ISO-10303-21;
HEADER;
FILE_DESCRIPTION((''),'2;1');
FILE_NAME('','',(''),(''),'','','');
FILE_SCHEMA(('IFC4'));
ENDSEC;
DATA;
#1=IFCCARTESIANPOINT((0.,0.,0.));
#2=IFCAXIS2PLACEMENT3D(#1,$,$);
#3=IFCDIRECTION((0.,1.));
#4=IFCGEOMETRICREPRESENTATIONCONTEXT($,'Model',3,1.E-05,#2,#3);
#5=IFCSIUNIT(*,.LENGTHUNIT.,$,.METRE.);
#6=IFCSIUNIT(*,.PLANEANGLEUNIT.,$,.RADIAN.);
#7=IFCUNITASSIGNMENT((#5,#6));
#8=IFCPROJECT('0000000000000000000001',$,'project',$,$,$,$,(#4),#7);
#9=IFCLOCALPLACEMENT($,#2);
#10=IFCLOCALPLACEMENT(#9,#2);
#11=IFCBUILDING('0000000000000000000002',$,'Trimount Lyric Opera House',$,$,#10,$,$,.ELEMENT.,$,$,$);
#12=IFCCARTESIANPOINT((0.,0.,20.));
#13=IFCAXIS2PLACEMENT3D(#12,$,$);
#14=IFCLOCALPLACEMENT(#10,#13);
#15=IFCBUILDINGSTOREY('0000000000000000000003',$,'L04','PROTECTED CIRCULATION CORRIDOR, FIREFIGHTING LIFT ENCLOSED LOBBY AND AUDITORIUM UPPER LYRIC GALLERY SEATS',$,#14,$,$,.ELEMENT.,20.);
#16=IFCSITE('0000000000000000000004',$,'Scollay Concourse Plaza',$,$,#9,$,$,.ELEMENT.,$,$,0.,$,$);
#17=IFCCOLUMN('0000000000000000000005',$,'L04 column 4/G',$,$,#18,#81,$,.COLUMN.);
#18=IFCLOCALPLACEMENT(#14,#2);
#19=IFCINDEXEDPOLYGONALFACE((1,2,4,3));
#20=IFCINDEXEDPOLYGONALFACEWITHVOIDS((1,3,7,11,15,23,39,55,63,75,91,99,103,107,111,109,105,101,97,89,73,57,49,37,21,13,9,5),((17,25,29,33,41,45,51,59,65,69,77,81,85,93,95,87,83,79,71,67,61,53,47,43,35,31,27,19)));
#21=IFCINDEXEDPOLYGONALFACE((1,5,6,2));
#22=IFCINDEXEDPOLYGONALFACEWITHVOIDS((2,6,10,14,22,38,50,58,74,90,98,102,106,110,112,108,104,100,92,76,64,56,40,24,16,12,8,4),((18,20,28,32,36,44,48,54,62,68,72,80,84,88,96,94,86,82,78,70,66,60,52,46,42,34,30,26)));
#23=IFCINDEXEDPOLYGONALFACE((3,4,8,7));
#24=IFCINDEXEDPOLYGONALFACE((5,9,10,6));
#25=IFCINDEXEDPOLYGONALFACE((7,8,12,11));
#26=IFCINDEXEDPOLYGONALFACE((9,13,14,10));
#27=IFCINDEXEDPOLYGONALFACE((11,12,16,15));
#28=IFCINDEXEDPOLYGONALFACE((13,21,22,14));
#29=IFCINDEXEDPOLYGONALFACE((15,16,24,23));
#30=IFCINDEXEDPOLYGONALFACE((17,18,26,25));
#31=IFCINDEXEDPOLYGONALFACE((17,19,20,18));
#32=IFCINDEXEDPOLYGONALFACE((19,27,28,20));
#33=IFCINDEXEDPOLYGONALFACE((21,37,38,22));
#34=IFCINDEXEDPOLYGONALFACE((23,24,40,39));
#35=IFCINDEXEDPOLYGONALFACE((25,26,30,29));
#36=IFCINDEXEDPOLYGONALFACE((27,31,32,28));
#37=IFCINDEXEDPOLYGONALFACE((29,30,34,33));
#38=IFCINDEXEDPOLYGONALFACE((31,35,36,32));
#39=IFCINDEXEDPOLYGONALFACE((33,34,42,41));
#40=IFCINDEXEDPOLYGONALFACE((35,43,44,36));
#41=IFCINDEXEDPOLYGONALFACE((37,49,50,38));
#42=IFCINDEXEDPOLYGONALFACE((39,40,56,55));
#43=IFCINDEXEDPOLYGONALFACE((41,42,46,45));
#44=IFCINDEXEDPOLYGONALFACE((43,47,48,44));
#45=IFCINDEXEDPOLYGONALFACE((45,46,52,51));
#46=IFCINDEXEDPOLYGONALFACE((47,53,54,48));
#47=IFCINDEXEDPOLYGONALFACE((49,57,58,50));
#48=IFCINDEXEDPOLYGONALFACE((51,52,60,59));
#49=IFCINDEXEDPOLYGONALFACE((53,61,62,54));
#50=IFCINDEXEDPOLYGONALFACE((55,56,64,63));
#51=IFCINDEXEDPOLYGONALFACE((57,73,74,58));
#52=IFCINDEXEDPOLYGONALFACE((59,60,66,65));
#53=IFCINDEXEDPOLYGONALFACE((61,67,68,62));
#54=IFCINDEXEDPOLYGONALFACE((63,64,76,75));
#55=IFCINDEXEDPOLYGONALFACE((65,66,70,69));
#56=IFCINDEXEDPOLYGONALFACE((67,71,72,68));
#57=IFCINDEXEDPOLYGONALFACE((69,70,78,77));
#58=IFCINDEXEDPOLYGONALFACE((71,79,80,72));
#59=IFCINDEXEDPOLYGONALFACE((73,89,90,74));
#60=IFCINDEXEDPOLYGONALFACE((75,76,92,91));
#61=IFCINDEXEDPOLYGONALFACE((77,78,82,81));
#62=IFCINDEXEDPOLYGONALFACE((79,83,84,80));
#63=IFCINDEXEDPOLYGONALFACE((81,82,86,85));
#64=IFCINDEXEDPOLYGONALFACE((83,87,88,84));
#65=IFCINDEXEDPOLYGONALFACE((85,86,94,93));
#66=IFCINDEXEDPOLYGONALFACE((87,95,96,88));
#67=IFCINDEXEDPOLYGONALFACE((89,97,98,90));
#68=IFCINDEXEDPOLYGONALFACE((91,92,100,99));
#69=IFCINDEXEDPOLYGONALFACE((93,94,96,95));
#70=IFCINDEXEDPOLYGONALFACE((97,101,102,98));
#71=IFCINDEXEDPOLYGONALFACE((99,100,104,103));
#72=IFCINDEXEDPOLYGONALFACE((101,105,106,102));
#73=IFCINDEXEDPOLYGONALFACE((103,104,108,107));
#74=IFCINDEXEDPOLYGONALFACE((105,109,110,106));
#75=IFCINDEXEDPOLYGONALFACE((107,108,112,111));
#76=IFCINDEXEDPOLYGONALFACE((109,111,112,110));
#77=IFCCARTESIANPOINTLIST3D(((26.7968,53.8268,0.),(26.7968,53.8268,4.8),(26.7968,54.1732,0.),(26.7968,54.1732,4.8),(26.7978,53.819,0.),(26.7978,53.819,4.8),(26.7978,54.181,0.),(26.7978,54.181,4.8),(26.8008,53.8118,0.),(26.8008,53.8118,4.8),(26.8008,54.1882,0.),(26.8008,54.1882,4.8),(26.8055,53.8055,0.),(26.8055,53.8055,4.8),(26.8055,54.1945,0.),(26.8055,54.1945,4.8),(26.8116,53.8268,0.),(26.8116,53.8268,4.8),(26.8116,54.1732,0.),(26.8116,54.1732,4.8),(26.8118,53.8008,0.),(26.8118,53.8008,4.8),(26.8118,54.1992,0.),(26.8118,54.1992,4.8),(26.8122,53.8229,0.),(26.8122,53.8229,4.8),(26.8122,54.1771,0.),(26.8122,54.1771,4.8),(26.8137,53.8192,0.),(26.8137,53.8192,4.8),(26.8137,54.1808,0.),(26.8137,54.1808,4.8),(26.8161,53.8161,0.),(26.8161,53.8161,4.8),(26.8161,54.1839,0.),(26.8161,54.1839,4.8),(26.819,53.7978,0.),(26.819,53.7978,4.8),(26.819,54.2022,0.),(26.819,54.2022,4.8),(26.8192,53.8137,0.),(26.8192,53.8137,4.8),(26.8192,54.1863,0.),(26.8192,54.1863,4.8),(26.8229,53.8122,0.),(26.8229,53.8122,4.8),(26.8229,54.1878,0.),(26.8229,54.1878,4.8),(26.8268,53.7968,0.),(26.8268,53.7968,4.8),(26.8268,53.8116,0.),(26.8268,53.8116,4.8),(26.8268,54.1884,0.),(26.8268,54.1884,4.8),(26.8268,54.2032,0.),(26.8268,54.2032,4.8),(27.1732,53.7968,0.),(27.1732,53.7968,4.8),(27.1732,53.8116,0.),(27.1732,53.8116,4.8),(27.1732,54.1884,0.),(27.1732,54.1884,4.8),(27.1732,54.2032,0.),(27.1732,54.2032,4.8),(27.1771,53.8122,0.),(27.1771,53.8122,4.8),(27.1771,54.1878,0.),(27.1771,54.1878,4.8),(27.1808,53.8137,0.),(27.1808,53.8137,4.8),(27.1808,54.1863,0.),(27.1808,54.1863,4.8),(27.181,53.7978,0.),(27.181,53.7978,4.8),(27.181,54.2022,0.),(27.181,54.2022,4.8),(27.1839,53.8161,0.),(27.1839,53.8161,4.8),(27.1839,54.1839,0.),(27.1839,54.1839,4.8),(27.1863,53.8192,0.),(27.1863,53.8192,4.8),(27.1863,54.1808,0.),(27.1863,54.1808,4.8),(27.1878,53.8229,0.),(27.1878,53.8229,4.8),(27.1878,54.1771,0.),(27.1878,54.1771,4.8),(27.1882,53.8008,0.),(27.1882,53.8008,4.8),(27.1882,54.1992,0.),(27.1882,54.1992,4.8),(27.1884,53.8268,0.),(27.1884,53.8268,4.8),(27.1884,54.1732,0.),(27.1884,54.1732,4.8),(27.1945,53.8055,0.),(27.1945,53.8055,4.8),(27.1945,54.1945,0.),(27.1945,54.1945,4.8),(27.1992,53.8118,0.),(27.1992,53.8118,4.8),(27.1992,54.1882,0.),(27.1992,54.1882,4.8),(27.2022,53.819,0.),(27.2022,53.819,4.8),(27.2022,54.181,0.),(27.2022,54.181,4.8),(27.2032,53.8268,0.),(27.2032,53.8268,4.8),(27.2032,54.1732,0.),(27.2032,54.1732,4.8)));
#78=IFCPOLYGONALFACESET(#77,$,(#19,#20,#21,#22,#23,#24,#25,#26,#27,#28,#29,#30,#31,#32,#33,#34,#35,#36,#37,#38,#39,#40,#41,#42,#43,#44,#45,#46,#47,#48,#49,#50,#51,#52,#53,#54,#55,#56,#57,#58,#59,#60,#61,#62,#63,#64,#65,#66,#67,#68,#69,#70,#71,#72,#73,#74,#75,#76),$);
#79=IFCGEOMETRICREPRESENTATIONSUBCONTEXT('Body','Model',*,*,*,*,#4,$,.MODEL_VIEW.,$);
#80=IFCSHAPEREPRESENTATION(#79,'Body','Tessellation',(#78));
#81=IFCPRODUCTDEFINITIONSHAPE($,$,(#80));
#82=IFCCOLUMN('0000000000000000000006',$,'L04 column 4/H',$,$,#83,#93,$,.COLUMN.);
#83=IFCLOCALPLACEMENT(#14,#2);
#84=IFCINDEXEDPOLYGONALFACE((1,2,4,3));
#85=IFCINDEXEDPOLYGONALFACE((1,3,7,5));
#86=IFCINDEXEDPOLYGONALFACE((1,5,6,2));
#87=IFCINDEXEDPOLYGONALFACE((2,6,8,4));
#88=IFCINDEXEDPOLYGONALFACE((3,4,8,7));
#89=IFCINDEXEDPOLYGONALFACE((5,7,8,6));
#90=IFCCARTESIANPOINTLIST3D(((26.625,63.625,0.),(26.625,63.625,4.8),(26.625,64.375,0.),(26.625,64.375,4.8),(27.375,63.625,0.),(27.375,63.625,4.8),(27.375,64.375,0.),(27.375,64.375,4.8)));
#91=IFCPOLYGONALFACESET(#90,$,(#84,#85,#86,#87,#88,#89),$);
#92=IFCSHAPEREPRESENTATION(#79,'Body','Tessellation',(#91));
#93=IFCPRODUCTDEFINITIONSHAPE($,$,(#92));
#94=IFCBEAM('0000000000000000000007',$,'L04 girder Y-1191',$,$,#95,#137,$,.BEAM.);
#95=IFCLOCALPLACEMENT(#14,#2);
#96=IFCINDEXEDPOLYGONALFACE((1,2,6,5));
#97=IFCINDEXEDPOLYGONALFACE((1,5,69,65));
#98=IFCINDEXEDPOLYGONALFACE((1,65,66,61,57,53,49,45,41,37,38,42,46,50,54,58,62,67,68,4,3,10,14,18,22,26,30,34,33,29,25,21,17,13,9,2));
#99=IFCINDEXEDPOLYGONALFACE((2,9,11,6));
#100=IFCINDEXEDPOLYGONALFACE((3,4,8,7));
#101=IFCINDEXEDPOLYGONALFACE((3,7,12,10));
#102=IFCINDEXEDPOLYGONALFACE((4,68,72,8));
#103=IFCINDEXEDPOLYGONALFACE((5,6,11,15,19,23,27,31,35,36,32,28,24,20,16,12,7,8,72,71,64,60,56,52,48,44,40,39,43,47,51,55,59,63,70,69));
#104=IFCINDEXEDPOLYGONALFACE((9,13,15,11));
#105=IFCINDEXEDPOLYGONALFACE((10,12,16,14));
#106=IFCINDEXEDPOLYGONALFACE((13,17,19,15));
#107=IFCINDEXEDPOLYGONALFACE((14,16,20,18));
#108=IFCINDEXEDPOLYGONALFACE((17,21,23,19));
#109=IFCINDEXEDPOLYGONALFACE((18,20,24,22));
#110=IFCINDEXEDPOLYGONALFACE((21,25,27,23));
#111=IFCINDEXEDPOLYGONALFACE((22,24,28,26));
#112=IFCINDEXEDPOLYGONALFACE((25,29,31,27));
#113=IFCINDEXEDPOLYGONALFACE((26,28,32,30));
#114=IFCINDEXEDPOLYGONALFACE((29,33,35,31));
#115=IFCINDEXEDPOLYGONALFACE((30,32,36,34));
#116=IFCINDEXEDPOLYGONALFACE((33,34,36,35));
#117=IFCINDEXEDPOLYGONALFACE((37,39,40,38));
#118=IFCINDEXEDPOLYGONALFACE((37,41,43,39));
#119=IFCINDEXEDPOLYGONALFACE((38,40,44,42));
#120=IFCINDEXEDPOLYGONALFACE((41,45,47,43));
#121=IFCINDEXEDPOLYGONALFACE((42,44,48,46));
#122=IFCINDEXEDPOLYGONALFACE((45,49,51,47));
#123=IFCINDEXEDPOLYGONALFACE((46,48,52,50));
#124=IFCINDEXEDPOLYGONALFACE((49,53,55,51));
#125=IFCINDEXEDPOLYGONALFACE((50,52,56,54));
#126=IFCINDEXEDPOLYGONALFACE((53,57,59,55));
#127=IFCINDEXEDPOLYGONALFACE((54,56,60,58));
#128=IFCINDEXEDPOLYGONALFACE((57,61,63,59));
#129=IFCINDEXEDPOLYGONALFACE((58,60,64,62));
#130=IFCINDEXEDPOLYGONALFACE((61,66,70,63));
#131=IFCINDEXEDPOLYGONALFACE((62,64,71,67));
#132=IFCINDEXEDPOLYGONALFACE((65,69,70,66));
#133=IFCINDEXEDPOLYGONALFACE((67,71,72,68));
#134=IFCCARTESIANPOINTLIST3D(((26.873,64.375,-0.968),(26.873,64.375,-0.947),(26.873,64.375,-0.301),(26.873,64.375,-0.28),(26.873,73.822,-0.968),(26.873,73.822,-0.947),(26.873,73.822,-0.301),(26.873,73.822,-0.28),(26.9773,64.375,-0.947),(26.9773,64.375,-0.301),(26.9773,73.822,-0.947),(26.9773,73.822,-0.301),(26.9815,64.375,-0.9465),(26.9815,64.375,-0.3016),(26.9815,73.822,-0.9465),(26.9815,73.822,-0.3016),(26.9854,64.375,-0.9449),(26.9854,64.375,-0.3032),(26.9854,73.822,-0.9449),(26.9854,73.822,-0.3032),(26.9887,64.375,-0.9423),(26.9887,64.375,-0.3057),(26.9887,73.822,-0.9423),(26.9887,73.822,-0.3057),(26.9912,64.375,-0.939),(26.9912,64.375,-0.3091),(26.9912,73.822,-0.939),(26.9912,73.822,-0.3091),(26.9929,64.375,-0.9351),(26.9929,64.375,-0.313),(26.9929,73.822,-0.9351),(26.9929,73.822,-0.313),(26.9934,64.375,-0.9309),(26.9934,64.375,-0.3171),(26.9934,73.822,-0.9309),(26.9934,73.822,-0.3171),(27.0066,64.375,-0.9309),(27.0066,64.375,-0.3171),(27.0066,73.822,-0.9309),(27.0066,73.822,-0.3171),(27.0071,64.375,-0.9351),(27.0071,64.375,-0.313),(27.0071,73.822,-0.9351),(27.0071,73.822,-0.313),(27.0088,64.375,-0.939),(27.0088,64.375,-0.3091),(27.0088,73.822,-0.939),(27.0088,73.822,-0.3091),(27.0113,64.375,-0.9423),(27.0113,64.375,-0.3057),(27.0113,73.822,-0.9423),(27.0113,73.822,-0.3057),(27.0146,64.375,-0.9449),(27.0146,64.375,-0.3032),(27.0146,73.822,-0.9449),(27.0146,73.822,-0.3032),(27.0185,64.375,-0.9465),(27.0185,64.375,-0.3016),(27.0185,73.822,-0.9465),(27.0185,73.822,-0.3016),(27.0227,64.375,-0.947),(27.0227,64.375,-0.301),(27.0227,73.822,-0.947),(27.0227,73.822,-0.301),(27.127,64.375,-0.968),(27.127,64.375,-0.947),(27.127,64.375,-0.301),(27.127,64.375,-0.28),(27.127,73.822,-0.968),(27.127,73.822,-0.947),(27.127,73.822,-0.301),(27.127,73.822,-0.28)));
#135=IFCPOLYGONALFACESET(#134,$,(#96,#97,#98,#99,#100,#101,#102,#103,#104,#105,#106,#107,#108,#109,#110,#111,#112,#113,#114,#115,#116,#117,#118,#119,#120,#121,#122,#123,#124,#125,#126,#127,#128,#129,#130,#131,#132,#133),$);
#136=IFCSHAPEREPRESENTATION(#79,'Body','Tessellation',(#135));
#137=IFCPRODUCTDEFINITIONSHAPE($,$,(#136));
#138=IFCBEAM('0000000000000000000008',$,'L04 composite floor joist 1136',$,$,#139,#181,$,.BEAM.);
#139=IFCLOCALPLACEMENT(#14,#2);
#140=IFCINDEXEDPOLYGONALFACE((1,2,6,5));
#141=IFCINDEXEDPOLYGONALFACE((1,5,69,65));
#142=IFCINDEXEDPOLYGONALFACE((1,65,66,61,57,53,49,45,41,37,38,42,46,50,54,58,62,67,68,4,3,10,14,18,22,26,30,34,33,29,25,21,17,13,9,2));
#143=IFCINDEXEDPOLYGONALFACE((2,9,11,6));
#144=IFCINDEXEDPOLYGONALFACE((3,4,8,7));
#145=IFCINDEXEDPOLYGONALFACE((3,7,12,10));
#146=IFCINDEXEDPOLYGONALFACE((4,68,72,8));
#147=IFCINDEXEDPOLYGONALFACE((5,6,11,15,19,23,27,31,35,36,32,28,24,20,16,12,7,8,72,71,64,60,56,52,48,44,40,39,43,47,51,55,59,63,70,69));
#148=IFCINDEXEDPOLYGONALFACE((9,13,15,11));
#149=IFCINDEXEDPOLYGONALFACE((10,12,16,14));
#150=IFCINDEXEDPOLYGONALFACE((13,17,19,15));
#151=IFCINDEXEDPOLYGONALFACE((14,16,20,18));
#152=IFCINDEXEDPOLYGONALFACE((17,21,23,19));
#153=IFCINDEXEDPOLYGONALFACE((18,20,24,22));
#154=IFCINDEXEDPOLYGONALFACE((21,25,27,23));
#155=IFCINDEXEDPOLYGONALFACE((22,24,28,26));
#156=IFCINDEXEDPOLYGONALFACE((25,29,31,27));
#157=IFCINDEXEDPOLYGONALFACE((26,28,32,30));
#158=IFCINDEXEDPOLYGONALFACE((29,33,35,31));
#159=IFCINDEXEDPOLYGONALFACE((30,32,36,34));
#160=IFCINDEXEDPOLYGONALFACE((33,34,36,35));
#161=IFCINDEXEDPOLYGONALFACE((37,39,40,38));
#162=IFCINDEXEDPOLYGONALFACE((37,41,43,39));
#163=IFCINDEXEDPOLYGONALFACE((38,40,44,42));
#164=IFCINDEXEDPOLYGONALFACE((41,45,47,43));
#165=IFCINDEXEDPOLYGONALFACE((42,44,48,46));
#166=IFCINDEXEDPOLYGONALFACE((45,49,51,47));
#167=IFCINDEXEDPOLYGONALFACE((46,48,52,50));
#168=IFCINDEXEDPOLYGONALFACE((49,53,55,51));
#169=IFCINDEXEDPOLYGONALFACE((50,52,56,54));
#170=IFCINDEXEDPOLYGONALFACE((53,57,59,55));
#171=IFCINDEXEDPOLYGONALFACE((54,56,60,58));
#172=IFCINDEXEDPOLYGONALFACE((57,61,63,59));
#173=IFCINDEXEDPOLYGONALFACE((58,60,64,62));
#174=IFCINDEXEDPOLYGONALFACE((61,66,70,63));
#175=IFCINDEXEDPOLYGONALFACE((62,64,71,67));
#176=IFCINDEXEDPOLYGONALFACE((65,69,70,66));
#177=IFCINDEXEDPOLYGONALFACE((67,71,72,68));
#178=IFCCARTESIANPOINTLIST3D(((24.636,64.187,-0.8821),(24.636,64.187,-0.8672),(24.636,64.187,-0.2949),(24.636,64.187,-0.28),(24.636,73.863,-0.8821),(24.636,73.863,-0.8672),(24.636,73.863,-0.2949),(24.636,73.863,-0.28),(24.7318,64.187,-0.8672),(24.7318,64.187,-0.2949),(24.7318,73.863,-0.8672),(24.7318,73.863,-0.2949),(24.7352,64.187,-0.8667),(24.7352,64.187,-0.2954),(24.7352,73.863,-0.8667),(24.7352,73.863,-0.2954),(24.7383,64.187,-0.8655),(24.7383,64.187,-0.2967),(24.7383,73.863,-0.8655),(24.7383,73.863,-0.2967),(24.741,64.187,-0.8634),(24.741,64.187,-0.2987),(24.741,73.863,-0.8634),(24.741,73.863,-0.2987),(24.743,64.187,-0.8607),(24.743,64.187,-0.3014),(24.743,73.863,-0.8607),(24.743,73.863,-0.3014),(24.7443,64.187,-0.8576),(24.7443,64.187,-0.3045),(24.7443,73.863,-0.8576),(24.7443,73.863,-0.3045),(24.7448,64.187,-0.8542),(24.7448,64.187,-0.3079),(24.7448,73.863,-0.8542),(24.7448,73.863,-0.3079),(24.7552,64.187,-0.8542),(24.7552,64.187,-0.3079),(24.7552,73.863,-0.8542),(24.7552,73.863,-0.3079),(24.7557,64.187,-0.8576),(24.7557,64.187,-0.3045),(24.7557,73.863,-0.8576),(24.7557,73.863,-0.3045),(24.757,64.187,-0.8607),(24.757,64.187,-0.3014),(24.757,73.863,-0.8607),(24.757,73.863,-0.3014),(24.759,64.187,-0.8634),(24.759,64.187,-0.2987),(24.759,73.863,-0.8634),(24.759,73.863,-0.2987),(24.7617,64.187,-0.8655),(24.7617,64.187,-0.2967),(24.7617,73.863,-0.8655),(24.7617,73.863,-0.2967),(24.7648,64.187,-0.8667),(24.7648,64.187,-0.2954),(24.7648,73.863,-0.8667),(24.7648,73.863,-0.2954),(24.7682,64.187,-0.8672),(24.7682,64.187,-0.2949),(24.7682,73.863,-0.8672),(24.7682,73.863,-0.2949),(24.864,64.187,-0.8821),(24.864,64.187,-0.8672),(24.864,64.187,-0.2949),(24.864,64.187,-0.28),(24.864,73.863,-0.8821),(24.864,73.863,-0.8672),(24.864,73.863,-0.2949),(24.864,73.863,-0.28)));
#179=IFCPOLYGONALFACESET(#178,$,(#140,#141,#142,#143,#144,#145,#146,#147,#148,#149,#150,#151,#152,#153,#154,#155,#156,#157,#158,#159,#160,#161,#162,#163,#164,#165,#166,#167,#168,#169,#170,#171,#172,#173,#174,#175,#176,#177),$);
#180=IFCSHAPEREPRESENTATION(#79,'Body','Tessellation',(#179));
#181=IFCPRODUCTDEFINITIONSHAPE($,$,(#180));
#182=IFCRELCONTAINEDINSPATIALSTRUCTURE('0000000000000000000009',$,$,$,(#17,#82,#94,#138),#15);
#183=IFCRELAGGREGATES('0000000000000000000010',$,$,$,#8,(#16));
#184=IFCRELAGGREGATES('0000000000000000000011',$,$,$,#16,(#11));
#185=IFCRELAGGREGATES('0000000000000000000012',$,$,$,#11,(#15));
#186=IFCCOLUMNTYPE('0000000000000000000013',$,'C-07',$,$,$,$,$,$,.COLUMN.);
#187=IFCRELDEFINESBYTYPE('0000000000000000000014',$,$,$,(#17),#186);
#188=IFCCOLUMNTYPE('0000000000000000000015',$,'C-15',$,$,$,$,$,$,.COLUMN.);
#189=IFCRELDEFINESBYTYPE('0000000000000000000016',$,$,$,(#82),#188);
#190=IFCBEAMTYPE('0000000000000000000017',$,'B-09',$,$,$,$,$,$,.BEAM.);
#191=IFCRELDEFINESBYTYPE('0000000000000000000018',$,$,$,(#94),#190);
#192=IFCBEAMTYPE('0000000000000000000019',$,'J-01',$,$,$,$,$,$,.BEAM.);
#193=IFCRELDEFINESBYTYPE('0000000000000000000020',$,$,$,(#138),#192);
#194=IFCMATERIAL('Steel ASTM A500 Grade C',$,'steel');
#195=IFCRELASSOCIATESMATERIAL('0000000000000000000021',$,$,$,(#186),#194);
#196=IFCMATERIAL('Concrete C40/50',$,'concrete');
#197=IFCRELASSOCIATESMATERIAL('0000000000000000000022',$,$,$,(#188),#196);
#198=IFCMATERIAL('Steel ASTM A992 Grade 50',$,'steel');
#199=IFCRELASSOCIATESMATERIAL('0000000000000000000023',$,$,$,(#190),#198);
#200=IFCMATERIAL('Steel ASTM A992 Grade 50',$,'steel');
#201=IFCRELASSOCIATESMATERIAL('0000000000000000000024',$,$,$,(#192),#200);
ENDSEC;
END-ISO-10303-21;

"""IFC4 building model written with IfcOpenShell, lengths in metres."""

from ifc_helpers import new_model, si_unit, direction, frame, origin, origin_2d, place, context, subcontext, project, spatial, rectangle, hollow_rectangle, i_section, extrude, material, material_profile, profile_set, type_object, element, save


model = new_model("IFC4")

# Units and contexts
model_context = context("Model", 3, precision=1e-05, world=origin(), true_north=direction((0.0, 1.0)))
body_context = subcontext(model_context, "Body", "Model", "MODEL_VIEW")
ifc_project = project(units=[si_unit("LENGTHUNIT", "METRE"), si_unit("PLANEANGLEUNIT", "RADIAN")], contexts=[model_context])

# Site, building, storey
site_placement = place(None, origin())
site = spatial("IfcSite", under=ifc_project, at=site_placement, Name="Scollay Concourse Plaza", CompositionType="ELEMENT", RefElevation=0.0)
building_placement = place(site_placement, origin())
building = spatial("IfcBuilding", under=site, at=building_placement, Name="Trimount Lyric Opera House", CompositionType="ELEMENT")
storey_placement = place(building_placement, frame((0.0, 0.0, 20.0)))
storey = spatial("IfcBuildingStorey", under=building, at=storey_placement, Name="L04", Description="PROTECTED CIRCULATION CORRIDOR, FIREFIGHTING LIFT ENCLOSED LOBBY AND AUDITORIUM UPPER LYRIC GALLERY SEATS", CompositionType="ELEMENT", Elevation=20.0)

# Columns
ifc_material_1 = material(Name="Steel ASTM A500 Grade C", Category="steel")
ifc_material_profile_1 = material_profile(ifc_material_1, hollow_rectangle(XDim=0.4065, YDim=0.4065, WallThickness=0.0149, InnerFilletRadius=0.0151, OuterFilletRadius=0.03, at=origin_2d()), Name="HSS406.4X406.4X15.9")
ifc_profile_set_1 = profile_set([ifc_material_profile_1], Name="Steel ASTM A500 Grade C")
column_type_1 = type_object("IfcColumnType", Name="C-07", PredefinedType="COLUMN", material=ifc_profile_set_1)
column_1_placement = place(storey_placement, frame((27.0, 54.0, 0.0), z_axis=(0.0, 0.0, 1.0), x_axis=(1.0, 0.0, 0.0)))
element("IfcColumn", 1, at=column_1_placement, inside=storey, type_object=column_type_1, Name="L04 column 4/G", PredefinedType="COLUMN", context=body_context, shape_type="SweptSolid", body=[
    extrude(hollow_rectangle(XDim=0.4065, YDim=0.4065, WallThickness=0.0149, InnerFilletRadius=0.0151, OuterFilletRadius=0.03, at=origin_2d()), origin(), (0.0, 0.0, 1.0), 4.8),
])
ifc_material_2 = material(Name="Concrete C40/50", Category="concrete")
ifc_material_profile_2 = material_profile(ifc_material_2, rectangle(XDim=0.75, YDim=0.75, at=origin_2d()), Name="RC750X750")
ifc_profile_set_2 = profile_set([ifc_material_profile_2], Name="Concrete C40/50")
column_type_2 = type_object("IfcColumnType", Name="C-15", PredefinedType="COLUMN", material=ifc_profile_set_2)
column_2_placement = place(storey_placement, frame((27.0, 64.0, 0.0), z_axis=(0.0, 0.0, 1.0), x_axis=(1.0, 0.0, 0.0)))
element("IfcColumn", 2, at=column_2_placement, inside=storey, type_object=column_type_2, Name="L04 column 4/H", PredefinedType="COLUMN", context=body_context, shape_type="SweptSolid", body=[
    extrude(rectangle(XDim=0.75, YDim=0.75, at=origin_2d()), origin(), (0.0, 0.0, 1.0), 4.8),
])

# Beams
ifc_material_3 = material(Name="Steel ASTM A992 Grade 50", Category="steel")
ifc_material_profile_3 = material_profile(ifc_material_3, i_section(OverallWidth=0.2539, OverallDepth=0.688, WebThickness=0.0132, FlangeThickness=0.021, FilletRadius=0.0161, at=origin_2d()), Name="W27X102")
ifc_profile_set_3 = profile_set([ifc_material_profile_3], Name="Steel ASTM A992 Grade 50")
beam_type_1 = type_object("IfcBeamType", Name="B-09", PredefinedType="BEAM", material=ifc_profile_set_3)
beam_1_placement = place(storey_placement, frame((27.0, 64.375, -0.624), z_axis=(0.0, 1.0, 0.0), x_axis=(-1.0, 0.0, 0.0)))
element("IfcBeam", 3, at=beam_1_placement, inside=storey, type_object=beam_type_1, Name="L04 girder Y-1191", PredefinedType="BEAM", context=body_context, shape_type="SweptSolid", body=[
    extrude(i_section(OverallWidth=0.2539, OverallDepth=0.688, WebThickness=0.0132, FlangeThickness=0.021, FilletRadius=0.0161, at=origin_2d()), origin(), (0.0, 0.0, 1.0), 9.447),
])
ifc_material_4 = material(Name="Steel ASTM A992 Grade 50", Category="steel")
ifc_material_profile_4 = material_profile(ifc_material_4, i_section(OverallWidth=0.228, OverallDepth=0.6021, WebThickness=0.0105, FlangeThickness=0.0149, FilletRadius=0.0129, at=origin_2d()), Name="W24X68")
ifc_profile_set_4 = profile_set([ifc_material_profile_4], Name="Steel ASTM A992 Grade 50")
beam_type_2 = type_object("IfcBeamType", Name="J-01", PredefinedType="BEAM", material=ifc_profile_set_4)
beam_2_placement = place(storey_placement, frame((24.75, 64.187, -0.5811), z_axis=(0.0, 1.0, 0.0), x_axis=(-1.0, 0.0, 0.0)))
element("IfcBeam", 4, at=beam_2_placement, inside=storey, type_object=beam_type_2, Name="L04 composite floor joist 1136", PredefinedType="BEAM", context=body_context, shape_type="SweptSolid", body=[
    extrude(i_section(OverallWidth=0.228, OverallDepth=0.6021, WebThickness=0.0105, FlangeThickness=0.0149, FilletRadius=0.0129, at=origin_2d()), origin(), (0.0, 0.0, 1.0), 9.676),
])

save(model, "model.ifc")
